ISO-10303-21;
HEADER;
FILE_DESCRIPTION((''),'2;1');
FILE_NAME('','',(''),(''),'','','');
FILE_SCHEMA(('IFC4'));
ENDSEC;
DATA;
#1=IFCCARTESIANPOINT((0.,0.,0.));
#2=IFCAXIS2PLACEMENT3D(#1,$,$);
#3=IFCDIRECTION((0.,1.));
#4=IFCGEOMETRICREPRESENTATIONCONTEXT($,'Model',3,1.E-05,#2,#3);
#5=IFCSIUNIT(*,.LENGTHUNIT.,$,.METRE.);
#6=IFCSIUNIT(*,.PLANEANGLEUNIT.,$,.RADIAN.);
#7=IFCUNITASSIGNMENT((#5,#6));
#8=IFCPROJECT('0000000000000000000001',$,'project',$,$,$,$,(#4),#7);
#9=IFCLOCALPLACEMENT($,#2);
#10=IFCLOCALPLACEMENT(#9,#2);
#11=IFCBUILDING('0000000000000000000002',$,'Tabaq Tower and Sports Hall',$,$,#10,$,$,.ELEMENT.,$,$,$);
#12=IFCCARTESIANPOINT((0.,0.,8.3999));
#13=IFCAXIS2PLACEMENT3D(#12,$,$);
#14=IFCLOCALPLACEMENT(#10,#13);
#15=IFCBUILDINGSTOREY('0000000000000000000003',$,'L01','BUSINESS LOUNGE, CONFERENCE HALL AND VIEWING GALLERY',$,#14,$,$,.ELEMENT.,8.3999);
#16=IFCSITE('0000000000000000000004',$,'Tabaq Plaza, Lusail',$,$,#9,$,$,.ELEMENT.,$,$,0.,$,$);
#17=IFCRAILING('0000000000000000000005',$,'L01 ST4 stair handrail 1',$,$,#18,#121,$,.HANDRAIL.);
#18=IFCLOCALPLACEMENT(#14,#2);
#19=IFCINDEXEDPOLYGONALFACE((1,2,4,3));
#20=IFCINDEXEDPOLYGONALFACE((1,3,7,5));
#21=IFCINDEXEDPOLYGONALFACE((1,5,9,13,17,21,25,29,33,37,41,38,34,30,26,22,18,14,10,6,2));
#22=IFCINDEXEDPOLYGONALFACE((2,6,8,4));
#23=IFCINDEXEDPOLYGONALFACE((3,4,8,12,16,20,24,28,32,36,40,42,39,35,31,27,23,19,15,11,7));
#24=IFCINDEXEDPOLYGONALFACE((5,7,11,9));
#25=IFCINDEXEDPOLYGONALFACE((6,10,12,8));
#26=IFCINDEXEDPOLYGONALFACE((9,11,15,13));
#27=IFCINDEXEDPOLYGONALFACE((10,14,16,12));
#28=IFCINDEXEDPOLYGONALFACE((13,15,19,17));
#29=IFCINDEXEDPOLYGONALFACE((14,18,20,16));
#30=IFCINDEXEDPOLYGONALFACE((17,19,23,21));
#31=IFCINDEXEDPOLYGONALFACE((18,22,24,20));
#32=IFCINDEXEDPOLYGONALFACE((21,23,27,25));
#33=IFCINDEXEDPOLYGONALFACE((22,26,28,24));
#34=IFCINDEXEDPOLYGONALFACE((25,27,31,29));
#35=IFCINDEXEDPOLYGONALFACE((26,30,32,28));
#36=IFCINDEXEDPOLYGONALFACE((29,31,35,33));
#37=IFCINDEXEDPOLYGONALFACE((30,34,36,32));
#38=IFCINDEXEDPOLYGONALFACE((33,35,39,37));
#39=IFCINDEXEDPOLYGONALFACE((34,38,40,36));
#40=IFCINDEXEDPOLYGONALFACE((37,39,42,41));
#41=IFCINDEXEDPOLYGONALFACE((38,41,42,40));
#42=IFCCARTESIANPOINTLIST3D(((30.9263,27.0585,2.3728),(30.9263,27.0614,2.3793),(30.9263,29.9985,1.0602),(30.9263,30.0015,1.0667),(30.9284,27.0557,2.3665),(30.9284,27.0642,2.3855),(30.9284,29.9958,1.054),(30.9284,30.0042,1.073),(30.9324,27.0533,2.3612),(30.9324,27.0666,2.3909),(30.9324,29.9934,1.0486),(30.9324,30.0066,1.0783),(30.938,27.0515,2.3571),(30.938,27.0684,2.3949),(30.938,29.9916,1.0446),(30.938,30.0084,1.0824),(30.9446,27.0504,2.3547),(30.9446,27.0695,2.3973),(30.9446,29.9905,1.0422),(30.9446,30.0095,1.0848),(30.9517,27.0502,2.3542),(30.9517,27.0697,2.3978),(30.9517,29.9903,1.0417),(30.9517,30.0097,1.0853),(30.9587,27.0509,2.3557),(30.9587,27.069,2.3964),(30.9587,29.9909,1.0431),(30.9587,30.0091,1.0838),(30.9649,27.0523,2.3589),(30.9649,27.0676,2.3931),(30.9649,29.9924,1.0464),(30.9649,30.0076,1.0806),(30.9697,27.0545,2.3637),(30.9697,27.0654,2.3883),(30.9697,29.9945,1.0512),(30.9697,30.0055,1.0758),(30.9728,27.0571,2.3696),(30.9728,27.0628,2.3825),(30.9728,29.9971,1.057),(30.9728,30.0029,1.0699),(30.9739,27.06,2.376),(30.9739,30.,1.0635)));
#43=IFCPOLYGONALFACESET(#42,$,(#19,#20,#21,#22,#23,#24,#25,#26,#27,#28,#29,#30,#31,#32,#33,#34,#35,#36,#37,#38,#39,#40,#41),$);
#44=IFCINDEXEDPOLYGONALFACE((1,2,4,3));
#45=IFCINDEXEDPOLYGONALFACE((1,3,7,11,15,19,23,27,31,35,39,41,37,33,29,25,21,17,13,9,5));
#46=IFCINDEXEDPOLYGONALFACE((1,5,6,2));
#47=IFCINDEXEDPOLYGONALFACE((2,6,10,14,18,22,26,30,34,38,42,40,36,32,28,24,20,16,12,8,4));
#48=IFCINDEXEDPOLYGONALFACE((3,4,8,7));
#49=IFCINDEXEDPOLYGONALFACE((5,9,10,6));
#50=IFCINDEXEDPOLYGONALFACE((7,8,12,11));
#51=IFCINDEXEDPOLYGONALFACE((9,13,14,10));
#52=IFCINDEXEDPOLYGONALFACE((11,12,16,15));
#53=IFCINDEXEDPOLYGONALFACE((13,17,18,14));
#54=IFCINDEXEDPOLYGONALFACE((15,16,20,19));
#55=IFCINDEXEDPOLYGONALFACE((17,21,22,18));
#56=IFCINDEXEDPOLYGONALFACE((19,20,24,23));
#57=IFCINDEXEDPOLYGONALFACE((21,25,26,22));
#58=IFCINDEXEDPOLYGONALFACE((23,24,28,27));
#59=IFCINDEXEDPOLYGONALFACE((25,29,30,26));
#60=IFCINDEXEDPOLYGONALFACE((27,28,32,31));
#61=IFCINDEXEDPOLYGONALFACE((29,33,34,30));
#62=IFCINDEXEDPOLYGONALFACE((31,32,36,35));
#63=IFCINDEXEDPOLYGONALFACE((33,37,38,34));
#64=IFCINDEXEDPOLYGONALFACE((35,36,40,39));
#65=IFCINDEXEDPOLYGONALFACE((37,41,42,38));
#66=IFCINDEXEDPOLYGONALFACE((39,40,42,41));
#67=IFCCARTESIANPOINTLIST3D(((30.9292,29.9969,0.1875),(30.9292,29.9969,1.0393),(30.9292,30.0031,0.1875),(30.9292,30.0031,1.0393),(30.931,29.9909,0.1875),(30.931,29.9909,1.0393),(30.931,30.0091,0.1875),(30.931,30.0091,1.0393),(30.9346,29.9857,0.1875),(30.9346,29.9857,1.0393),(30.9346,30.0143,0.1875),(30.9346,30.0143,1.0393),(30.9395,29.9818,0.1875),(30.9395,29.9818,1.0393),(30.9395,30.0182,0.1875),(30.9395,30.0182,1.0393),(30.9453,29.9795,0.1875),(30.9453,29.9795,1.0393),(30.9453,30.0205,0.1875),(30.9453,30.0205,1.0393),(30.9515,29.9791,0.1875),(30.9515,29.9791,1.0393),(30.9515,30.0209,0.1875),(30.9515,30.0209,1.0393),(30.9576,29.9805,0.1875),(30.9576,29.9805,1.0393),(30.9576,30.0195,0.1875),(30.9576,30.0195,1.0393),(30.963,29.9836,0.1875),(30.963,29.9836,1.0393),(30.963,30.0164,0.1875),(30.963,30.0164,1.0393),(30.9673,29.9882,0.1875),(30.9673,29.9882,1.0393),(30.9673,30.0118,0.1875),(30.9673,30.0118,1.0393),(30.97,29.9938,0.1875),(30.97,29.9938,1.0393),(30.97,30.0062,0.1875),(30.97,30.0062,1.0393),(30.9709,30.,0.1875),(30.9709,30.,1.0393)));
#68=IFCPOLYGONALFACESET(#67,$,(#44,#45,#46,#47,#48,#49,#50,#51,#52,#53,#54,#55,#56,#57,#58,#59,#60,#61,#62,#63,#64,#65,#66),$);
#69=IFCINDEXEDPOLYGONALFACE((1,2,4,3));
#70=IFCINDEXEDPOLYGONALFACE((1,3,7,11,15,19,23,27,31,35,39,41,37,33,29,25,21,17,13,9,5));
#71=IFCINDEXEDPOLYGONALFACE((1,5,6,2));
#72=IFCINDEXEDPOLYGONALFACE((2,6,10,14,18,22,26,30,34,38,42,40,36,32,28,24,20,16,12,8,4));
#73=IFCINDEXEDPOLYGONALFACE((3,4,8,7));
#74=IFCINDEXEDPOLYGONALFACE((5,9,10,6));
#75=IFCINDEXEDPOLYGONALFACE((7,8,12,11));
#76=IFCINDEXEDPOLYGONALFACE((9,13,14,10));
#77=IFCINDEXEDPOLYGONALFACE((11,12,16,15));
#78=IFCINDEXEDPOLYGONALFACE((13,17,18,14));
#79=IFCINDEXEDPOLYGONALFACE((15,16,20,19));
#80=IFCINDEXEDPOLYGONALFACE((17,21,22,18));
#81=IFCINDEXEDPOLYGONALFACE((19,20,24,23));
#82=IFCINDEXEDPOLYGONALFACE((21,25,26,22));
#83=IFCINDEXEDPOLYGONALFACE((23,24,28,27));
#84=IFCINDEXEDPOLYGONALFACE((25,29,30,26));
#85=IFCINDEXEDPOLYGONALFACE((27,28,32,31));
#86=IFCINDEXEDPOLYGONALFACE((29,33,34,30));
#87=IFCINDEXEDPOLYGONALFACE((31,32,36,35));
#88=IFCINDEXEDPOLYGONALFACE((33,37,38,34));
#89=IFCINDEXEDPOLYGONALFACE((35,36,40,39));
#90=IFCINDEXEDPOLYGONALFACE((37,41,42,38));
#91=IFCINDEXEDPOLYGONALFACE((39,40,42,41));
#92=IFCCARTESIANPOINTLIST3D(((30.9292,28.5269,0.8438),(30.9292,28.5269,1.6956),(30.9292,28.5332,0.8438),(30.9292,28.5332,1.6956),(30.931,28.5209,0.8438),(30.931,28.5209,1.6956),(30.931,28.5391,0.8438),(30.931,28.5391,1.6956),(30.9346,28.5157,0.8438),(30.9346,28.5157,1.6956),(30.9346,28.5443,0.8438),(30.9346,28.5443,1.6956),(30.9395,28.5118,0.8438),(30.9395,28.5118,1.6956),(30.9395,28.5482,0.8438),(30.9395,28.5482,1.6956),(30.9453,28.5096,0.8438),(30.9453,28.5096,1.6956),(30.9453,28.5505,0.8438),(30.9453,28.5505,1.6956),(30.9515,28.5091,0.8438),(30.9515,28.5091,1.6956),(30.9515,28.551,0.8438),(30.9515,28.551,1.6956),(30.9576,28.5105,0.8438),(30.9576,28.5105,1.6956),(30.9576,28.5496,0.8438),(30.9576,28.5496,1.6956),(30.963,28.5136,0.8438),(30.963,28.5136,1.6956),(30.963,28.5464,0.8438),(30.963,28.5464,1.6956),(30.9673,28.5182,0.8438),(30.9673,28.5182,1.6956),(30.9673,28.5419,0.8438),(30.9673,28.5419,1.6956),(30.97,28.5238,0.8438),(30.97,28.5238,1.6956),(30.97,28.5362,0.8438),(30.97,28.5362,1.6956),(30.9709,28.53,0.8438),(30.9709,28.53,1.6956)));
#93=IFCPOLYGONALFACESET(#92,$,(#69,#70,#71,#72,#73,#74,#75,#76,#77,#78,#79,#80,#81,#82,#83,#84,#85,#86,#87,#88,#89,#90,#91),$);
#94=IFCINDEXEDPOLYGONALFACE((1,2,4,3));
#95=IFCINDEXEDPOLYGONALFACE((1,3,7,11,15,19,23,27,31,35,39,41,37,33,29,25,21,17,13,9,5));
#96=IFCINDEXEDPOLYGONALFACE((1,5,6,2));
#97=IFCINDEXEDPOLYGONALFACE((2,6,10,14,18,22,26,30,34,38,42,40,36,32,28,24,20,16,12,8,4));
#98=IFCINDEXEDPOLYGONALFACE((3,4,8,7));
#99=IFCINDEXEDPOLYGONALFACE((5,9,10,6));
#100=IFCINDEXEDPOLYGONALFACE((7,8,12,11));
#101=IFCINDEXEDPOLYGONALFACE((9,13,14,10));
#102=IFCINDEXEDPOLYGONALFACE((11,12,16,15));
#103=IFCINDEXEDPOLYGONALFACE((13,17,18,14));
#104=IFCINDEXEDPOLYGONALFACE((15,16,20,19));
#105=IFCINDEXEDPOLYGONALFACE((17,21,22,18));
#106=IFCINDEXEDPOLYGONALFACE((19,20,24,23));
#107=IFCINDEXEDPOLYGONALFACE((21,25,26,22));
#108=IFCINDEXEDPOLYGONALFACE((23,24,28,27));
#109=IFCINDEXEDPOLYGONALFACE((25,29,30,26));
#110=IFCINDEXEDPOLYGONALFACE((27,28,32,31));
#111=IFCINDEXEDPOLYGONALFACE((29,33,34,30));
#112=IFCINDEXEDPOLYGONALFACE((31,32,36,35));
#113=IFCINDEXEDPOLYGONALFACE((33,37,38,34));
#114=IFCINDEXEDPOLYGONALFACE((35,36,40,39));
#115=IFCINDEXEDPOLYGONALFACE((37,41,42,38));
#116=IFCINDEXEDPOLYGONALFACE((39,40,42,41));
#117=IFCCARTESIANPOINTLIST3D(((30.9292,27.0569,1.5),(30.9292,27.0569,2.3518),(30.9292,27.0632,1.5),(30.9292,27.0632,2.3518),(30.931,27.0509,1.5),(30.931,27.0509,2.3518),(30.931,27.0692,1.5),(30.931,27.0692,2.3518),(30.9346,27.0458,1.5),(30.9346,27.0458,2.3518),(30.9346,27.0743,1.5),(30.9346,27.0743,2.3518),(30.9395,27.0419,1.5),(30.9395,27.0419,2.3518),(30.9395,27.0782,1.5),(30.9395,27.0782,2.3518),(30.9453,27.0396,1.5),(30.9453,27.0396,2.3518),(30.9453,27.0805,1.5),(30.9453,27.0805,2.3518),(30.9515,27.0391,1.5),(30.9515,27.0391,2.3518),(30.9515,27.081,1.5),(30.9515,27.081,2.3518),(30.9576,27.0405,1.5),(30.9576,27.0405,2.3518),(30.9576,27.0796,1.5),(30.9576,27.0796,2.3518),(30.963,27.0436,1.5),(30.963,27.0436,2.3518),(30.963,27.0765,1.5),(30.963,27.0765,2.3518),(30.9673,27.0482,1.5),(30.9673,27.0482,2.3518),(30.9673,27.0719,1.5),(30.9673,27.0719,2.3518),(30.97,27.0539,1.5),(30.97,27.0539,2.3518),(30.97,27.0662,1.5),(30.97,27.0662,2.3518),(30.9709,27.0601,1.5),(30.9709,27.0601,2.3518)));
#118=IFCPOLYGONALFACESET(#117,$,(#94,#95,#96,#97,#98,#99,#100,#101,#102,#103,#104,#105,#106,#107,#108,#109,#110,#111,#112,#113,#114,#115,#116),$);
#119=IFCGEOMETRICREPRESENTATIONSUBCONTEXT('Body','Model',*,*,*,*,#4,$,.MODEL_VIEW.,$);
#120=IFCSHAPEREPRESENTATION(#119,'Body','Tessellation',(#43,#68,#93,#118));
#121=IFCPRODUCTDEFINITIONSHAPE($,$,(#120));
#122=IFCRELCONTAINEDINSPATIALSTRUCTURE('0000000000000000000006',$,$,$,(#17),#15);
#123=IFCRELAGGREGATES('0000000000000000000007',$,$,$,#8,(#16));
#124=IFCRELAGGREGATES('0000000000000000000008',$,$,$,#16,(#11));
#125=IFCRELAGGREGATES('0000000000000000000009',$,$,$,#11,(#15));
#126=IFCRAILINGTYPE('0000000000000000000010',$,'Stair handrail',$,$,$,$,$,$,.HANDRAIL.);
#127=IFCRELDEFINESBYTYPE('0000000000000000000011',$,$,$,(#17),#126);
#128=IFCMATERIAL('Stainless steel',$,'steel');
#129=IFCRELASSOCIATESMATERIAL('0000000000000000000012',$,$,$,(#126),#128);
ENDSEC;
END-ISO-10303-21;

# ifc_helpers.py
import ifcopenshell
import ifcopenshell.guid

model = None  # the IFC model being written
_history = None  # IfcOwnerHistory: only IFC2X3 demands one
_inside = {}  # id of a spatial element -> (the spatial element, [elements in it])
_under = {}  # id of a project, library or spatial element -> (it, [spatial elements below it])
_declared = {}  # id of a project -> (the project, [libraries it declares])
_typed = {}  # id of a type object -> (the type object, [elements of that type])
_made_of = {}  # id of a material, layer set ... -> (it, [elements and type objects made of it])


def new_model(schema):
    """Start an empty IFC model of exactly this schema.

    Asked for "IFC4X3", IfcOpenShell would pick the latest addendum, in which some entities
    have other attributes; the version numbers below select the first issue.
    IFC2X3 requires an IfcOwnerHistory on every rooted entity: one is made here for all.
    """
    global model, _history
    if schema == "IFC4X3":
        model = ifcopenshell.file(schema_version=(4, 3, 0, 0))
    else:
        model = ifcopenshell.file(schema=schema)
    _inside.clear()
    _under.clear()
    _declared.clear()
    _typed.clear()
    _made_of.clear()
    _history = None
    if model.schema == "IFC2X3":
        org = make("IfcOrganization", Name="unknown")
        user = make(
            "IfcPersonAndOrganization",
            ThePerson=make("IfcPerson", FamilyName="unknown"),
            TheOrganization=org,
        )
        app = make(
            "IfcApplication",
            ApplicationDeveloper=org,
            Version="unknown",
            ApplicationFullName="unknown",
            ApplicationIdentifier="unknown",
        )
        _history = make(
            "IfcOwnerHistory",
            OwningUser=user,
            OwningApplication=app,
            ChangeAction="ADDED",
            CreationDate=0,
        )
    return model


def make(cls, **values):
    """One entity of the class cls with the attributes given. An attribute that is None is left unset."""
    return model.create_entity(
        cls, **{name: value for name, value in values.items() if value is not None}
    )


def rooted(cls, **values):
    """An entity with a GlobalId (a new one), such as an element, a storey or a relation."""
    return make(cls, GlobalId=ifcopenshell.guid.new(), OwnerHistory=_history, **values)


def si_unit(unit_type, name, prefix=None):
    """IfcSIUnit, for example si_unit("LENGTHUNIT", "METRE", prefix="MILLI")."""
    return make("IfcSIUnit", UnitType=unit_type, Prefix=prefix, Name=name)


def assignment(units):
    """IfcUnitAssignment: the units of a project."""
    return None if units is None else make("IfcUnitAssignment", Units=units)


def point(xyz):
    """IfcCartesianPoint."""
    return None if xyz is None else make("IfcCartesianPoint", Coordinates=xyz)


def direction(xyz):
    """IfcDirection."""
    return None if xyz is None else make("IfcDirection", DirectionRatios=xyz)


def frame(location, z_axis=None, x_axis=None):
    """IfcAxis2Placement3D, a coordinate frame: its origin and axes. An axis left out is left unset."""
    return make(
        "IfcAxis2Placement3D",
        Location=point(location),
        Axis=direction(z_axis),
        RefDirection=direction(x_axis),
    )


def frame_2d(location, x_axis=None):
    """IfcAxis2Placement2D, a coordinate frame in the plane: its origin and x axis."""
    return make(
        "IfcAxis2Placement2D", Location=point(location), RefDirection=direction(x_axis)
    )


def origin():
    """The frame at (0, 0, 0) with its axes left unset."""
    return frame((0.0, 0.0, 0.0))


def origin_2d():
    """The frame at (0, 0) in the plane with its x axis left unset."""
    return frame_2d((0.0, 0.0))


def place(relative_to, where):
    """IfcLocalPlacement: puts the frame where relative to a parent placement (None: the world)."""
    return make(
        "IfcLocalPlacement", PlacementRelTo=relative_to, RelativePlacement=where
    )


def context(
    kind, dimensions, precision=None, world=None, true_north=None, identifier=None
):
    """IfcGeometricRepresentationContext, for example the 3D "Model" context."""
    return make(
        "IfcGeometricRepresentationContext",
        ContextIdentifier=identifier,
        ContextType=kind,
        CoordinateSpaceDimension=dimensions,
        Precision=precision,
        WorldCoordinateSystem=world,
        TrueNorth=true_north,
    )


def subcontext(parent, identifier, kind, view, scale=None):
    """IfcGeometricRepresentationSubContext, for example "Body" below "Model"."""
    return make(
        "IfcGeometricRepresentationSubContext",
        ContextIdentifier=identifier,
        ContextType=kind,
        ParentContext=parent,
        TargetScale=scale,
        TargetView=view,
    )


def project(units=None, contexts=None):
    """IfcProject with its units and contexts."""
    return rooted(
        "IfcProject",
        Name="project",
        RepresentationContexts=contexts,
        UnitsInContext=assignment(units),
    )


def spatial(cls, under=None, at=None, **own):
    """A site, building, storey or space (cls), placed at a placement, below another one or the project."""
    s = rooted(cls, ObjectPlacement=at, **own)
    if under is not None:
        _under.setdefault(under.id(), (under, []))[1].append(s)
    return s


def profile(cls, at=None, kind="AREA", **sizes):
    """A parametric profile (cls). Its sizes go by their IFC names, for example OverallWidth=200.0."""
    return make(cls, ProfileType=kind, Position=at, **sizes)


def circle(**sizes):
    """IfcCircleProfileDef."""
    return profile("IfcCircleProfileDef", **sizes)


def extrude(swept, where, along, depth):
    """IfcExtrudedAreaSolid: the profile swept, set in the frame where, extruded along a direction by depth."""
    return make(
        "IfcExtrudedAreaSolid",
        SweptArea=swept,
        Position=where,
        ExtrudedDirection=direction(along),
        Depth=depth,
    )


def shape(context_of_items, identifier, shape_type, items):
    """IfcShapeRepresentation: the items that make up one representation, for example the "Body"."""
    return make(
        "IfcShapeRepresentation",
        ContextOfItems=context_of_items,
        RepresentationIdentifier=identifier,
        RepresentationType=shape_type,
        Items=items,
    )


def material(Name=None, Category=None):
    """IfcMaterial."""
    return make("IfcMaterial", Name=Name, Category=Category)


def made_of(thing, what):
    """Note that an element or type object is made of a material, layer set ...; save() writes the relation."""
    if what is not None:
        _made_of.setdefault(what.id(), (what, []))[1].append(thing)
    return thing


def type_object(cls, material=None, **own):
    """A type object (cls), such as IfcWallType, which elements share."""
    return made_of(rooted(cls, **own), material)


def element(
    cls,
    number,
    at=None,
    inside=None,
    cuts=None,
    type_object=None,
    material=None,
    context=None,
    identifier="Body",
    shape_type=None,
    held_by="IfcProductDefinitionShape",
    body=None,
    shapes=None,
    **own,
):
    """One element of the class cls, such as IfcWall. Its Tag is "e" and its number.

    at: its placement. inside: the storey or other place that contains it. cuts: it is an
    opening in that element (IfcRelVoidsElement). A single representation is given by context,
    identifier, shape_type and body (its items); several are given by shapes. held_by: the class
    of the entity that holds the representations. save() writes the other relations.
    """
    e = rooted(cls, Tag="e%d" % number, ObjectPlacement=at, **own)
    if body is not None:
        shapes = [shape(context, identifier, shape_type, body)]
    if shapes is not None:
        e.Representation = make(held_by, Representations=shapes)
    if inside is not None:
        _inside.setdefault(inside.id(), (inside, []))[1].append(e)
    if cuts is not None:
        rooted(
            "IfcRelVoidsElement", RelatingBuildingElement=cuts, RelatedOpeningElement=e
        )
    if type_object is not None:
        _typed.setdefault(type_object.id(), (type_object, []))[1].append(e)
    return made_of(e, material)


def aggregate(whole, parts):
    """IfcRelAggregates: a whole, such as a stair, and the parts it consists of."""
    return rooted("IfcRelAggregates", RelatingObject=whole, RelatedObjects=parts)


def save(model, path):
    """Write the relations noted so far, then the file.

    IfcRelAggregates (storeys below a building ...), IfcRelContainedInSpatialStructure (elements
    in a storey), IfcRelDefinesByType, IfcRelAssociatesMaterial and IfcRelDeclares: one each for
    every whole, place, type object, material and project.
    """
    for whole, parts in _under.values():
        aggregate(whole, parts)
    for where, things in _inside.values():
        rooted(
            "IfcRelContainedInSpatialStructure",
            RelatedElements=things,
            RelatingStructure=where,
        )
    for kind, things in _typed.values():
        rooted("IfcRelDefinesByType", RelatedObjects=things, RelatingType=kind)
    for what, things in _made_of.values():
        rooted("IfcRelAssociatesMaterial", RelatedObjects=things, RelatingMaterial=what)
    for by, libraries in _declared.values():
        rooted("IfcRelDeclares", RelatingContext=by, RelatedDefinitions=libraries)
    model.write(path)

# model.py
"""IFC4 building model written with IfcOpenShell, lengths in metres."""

from ifc_helpers import new_model, si_unit, direction, frame, origin, origin_2d, place, context, subcontext, project, spatial, circle, extrude, material, type_object, element, save


model = new_model("IFC4")

# Units and contexts
model_context = context("Model", 3, precision=1e-05, world=origin(), true_north=direction((0.0, 1.0)))
body_context = subcontext(model_context, "Body", "Model", "MODEL_VIEW")
ifc_project = project(units=[si_unit("LENGTHUNIT", "METRE"), si_unit("PLANEANGLEUNIT", "RADIAN")], contexts=[model_context])

# Site, building, storey
site_placement = place(None, origin())
site = spatial("IfcSite", under=ifc_project, at=site_placement, Name="Tabaq Plaza, Lusail", CompositionType="ELEMENT", RefElevation=0.0)
building_placement = place(site_placement, origin())
building = spatial("IfcBuilding", under=site, at=building_placement, Name="Tabaq Tower and Sports Hall", CompositionType="ELEMENT")
storey_placement = place(building_placement, frame((0.0, 0.0, 8.3999)))
storey = spatial("IfcBuildingStorey", under=building, at=storey_placement, Name="L01", Description="BUSINESS LOUNGE, CONFERENCE HALL AND VIEWING GALLERY", CompositionType="ELEMENT", Elevation=8.3999)

# Railing
ifc_material_1 = material(Name="Stainless steel", Category="steel")
railing_type_1 = type_object("IfcRailingType", Name="Stair handrail", PredefinedType="HANDRAIL", material=ifc_material_1)
railing_1_placement = place(storey_placement, frame((30.95, 30.0, 0.1875)))
element("IfcRailing", 1, at=railing_1_placement, inside=storey, type_object=railing_type_1, Name="L01 ST4 stair handrail 1", PredefinedType="HANDRAIL", context=body_context, shape_type="SweptSolid", body=[
    extrude(circle(Radius=0.0239, at=origin_2d()), frame((0.0, 0.0, 0.876), z_axis=(0.0, -0.913135, 0.407658), x_axis=(1.0, 0.0, 0.0)), (0.0, 0.0, 1.0), 3.2197),
    extrude(circle(Radius=0.021, at=origin_2d()), origin(), (0.0, 0.0, 1.0), 0.8518),
    extrude(circle(Radius=0.021, at=origin_2d()), frame((0.0, -1.47, 0.6562)), (0.0, 0.0, 1.0), 0.8518),
    extrude(circle(Radius=0.021, at=origin_2d()), frame((0.0, -2.9399, 1.3125)), (0.0, 0.0, 1.0), 0.8518),
])

save(model, "model.ifc")
